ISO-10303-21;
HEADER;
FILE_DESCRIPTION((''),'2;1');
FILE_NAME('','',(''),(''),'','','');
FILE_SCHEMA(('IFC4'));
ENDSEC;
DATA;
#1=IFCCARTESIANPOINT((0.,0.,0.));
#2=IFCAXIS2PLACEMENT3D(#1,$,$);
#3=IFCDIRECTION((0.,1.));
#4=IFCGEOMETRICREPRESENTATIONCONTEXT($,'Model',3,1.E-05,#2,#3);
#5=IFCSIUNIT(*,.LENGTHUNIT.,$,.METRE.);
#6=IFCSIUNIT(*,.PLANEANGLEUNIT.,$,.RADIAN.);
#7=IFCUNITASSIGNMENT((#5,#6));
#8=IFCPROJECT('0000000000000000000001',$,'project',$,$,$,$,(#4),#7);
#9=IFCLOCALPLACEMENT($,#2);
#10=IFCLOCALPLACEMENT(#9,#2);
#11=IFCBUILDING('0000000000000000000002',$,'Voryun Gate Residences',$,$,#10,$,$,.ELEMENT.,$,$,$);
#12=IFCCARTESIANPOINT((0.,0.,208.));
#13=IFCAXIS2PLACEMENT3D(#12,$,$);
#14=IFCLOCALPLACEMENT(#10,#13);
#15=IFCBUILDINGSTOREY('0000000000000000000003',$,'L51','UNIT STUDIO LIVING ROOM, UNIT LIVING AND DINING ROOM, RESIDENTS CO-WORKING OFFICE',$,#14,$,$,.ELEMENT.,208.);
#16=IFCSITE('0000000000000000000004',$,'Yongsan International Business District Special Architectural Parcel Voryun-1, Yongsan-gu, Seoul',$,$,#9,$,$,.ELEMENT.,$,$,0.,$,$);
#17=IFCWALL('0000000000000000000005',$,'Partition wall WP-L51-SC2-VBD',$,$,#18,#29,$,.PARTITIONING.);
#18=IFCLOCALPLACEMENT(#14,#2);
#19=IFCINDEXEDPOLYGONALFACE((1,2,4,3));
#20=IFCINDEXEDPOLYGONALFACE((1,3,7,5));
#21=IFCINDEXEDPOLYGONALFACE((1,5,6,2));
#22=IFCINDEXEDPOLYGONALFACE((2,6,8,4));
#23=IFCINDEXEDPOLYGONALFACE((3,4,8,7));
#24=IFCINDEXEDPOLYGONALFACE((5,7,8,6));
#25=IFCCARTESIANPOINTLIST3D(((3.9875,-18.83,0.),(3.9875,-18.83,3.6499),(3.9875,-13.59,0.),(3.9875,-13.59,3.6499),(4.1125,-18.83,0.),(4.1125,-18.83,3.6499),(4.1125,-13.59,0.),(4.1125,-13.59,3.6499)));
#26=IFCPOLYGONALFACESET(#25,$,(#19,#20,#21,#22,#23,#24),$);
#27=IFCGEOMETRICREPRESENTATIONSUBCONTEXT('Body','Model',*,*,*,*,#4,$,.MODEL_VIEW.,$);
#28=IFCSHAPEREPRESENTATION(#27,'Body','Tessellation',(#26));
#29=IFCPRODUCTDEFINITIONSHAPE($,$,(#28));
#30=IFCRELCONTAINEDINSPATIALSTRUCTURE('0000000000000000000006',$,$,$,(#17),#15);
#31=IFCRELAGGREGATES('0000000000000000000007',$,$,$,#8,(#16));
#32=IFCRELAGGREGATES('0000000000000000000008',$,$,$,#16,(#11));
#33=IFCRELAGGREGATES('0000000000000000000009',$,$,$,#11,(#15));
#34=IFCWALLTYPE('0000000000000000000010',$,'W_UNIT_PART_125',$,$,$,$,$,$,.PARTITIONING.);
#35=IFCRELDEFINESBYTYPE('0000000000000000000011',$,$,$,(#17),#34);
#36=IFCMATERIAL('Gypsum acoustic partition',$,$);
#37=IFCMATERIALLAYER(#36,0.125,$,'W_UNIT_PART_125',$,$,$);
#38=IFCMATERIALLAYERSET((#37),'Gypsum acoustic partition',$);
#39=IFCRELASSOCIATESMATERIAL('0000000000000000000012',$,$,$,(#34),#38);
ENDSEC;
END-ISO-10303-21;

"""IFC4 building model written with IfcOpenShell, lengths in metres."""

from ifc_helpers import new_model, si_unit, direction, frame, frame_2d, origin, place, context, subcontext, project, spatial, rectangle, extrude, material, layer, layer_set, type_object, element, save


model = new_model("IFC4")

# Units and contexts
model_context = context("Model", 3, precision=1e-05, world=origin(), true_north=direction((0.0, 1.0)))
body_context = subcontext(model_context, "Body", "Model", "MODEL_VIEW")
ifc_project = project(units=[si_unit("LENGTHUNIT", "METRE"), si_unit("PLANEANGLEUNIT", "RADIAN")], contexts=[model_context])

# Site, building, storey
site_placement = place(None, origin())
site = spatial("IfcSite", under=ifc_project, at=site_placement, Name="Yongsan International Business District Special Architectural Parcel Voryun-1, Yongsan-gu, Seoul", CompositionType="ELEMENT", RefElevation=0.0)
building_placement = place(site_placement, origin())
building = spatial("IfcBuilding", under=site, at=building_placement, Name="Voryun Gate Residences", CompositionType="ELEMENT")
storey_placement = place(building_placement, frame((0.0, 0.0, 208.0)))
storey = spatial("IfcBuildingStorey", under=building, at=storey_placement, Name="L51", Description="UNIT STUDIO LIVING ROOM, UNIT LIVING AND DINING ROOM, RESIDENTS CO-WORKING OFFICE", CompositionType="ELEMENT", Elevation=208.0)

# Shared definitions
ifc_material_1 = material(Name="Gypsum acoustic partition")
ifc_layer_1 = layer(ifc_material_1, 0.125, Name="W_UNIT_PART_125")
ifc_layer_set_1 = layer_set([ifc_layer_1], Name="Gypsum acoustic partition")
wall_type_1 = type_object("IfcWallType", Name="W_UNIT_PART_125", PredefinedType="PARTITIONING", material=ifc_layer_set_1)

# Wall
wall_1_placement = place(storey_placement, frame((4.05, -18.8301, 0.0), z_axis=(0.0, 0.0, 1.0), x_axis=(0.0, 1.0, 0.0)))
element("IfcWall", 1, at=wall_1_placement, inside=storey, type_object=wall_type_1, Name="Partition wall WP-L51-SC2-VBD", PredefinedType="PARTITIONING", context=body_context, shape_type="SweptSolid", body=[
    extrude(rectangle(XDim=5.24, YDim=0.125, at=frame_2d((2.6201, 0.0))), origin(), (0.0, 0.0, 1.0), 3.6499),
])

save(model, "model.ifc")
